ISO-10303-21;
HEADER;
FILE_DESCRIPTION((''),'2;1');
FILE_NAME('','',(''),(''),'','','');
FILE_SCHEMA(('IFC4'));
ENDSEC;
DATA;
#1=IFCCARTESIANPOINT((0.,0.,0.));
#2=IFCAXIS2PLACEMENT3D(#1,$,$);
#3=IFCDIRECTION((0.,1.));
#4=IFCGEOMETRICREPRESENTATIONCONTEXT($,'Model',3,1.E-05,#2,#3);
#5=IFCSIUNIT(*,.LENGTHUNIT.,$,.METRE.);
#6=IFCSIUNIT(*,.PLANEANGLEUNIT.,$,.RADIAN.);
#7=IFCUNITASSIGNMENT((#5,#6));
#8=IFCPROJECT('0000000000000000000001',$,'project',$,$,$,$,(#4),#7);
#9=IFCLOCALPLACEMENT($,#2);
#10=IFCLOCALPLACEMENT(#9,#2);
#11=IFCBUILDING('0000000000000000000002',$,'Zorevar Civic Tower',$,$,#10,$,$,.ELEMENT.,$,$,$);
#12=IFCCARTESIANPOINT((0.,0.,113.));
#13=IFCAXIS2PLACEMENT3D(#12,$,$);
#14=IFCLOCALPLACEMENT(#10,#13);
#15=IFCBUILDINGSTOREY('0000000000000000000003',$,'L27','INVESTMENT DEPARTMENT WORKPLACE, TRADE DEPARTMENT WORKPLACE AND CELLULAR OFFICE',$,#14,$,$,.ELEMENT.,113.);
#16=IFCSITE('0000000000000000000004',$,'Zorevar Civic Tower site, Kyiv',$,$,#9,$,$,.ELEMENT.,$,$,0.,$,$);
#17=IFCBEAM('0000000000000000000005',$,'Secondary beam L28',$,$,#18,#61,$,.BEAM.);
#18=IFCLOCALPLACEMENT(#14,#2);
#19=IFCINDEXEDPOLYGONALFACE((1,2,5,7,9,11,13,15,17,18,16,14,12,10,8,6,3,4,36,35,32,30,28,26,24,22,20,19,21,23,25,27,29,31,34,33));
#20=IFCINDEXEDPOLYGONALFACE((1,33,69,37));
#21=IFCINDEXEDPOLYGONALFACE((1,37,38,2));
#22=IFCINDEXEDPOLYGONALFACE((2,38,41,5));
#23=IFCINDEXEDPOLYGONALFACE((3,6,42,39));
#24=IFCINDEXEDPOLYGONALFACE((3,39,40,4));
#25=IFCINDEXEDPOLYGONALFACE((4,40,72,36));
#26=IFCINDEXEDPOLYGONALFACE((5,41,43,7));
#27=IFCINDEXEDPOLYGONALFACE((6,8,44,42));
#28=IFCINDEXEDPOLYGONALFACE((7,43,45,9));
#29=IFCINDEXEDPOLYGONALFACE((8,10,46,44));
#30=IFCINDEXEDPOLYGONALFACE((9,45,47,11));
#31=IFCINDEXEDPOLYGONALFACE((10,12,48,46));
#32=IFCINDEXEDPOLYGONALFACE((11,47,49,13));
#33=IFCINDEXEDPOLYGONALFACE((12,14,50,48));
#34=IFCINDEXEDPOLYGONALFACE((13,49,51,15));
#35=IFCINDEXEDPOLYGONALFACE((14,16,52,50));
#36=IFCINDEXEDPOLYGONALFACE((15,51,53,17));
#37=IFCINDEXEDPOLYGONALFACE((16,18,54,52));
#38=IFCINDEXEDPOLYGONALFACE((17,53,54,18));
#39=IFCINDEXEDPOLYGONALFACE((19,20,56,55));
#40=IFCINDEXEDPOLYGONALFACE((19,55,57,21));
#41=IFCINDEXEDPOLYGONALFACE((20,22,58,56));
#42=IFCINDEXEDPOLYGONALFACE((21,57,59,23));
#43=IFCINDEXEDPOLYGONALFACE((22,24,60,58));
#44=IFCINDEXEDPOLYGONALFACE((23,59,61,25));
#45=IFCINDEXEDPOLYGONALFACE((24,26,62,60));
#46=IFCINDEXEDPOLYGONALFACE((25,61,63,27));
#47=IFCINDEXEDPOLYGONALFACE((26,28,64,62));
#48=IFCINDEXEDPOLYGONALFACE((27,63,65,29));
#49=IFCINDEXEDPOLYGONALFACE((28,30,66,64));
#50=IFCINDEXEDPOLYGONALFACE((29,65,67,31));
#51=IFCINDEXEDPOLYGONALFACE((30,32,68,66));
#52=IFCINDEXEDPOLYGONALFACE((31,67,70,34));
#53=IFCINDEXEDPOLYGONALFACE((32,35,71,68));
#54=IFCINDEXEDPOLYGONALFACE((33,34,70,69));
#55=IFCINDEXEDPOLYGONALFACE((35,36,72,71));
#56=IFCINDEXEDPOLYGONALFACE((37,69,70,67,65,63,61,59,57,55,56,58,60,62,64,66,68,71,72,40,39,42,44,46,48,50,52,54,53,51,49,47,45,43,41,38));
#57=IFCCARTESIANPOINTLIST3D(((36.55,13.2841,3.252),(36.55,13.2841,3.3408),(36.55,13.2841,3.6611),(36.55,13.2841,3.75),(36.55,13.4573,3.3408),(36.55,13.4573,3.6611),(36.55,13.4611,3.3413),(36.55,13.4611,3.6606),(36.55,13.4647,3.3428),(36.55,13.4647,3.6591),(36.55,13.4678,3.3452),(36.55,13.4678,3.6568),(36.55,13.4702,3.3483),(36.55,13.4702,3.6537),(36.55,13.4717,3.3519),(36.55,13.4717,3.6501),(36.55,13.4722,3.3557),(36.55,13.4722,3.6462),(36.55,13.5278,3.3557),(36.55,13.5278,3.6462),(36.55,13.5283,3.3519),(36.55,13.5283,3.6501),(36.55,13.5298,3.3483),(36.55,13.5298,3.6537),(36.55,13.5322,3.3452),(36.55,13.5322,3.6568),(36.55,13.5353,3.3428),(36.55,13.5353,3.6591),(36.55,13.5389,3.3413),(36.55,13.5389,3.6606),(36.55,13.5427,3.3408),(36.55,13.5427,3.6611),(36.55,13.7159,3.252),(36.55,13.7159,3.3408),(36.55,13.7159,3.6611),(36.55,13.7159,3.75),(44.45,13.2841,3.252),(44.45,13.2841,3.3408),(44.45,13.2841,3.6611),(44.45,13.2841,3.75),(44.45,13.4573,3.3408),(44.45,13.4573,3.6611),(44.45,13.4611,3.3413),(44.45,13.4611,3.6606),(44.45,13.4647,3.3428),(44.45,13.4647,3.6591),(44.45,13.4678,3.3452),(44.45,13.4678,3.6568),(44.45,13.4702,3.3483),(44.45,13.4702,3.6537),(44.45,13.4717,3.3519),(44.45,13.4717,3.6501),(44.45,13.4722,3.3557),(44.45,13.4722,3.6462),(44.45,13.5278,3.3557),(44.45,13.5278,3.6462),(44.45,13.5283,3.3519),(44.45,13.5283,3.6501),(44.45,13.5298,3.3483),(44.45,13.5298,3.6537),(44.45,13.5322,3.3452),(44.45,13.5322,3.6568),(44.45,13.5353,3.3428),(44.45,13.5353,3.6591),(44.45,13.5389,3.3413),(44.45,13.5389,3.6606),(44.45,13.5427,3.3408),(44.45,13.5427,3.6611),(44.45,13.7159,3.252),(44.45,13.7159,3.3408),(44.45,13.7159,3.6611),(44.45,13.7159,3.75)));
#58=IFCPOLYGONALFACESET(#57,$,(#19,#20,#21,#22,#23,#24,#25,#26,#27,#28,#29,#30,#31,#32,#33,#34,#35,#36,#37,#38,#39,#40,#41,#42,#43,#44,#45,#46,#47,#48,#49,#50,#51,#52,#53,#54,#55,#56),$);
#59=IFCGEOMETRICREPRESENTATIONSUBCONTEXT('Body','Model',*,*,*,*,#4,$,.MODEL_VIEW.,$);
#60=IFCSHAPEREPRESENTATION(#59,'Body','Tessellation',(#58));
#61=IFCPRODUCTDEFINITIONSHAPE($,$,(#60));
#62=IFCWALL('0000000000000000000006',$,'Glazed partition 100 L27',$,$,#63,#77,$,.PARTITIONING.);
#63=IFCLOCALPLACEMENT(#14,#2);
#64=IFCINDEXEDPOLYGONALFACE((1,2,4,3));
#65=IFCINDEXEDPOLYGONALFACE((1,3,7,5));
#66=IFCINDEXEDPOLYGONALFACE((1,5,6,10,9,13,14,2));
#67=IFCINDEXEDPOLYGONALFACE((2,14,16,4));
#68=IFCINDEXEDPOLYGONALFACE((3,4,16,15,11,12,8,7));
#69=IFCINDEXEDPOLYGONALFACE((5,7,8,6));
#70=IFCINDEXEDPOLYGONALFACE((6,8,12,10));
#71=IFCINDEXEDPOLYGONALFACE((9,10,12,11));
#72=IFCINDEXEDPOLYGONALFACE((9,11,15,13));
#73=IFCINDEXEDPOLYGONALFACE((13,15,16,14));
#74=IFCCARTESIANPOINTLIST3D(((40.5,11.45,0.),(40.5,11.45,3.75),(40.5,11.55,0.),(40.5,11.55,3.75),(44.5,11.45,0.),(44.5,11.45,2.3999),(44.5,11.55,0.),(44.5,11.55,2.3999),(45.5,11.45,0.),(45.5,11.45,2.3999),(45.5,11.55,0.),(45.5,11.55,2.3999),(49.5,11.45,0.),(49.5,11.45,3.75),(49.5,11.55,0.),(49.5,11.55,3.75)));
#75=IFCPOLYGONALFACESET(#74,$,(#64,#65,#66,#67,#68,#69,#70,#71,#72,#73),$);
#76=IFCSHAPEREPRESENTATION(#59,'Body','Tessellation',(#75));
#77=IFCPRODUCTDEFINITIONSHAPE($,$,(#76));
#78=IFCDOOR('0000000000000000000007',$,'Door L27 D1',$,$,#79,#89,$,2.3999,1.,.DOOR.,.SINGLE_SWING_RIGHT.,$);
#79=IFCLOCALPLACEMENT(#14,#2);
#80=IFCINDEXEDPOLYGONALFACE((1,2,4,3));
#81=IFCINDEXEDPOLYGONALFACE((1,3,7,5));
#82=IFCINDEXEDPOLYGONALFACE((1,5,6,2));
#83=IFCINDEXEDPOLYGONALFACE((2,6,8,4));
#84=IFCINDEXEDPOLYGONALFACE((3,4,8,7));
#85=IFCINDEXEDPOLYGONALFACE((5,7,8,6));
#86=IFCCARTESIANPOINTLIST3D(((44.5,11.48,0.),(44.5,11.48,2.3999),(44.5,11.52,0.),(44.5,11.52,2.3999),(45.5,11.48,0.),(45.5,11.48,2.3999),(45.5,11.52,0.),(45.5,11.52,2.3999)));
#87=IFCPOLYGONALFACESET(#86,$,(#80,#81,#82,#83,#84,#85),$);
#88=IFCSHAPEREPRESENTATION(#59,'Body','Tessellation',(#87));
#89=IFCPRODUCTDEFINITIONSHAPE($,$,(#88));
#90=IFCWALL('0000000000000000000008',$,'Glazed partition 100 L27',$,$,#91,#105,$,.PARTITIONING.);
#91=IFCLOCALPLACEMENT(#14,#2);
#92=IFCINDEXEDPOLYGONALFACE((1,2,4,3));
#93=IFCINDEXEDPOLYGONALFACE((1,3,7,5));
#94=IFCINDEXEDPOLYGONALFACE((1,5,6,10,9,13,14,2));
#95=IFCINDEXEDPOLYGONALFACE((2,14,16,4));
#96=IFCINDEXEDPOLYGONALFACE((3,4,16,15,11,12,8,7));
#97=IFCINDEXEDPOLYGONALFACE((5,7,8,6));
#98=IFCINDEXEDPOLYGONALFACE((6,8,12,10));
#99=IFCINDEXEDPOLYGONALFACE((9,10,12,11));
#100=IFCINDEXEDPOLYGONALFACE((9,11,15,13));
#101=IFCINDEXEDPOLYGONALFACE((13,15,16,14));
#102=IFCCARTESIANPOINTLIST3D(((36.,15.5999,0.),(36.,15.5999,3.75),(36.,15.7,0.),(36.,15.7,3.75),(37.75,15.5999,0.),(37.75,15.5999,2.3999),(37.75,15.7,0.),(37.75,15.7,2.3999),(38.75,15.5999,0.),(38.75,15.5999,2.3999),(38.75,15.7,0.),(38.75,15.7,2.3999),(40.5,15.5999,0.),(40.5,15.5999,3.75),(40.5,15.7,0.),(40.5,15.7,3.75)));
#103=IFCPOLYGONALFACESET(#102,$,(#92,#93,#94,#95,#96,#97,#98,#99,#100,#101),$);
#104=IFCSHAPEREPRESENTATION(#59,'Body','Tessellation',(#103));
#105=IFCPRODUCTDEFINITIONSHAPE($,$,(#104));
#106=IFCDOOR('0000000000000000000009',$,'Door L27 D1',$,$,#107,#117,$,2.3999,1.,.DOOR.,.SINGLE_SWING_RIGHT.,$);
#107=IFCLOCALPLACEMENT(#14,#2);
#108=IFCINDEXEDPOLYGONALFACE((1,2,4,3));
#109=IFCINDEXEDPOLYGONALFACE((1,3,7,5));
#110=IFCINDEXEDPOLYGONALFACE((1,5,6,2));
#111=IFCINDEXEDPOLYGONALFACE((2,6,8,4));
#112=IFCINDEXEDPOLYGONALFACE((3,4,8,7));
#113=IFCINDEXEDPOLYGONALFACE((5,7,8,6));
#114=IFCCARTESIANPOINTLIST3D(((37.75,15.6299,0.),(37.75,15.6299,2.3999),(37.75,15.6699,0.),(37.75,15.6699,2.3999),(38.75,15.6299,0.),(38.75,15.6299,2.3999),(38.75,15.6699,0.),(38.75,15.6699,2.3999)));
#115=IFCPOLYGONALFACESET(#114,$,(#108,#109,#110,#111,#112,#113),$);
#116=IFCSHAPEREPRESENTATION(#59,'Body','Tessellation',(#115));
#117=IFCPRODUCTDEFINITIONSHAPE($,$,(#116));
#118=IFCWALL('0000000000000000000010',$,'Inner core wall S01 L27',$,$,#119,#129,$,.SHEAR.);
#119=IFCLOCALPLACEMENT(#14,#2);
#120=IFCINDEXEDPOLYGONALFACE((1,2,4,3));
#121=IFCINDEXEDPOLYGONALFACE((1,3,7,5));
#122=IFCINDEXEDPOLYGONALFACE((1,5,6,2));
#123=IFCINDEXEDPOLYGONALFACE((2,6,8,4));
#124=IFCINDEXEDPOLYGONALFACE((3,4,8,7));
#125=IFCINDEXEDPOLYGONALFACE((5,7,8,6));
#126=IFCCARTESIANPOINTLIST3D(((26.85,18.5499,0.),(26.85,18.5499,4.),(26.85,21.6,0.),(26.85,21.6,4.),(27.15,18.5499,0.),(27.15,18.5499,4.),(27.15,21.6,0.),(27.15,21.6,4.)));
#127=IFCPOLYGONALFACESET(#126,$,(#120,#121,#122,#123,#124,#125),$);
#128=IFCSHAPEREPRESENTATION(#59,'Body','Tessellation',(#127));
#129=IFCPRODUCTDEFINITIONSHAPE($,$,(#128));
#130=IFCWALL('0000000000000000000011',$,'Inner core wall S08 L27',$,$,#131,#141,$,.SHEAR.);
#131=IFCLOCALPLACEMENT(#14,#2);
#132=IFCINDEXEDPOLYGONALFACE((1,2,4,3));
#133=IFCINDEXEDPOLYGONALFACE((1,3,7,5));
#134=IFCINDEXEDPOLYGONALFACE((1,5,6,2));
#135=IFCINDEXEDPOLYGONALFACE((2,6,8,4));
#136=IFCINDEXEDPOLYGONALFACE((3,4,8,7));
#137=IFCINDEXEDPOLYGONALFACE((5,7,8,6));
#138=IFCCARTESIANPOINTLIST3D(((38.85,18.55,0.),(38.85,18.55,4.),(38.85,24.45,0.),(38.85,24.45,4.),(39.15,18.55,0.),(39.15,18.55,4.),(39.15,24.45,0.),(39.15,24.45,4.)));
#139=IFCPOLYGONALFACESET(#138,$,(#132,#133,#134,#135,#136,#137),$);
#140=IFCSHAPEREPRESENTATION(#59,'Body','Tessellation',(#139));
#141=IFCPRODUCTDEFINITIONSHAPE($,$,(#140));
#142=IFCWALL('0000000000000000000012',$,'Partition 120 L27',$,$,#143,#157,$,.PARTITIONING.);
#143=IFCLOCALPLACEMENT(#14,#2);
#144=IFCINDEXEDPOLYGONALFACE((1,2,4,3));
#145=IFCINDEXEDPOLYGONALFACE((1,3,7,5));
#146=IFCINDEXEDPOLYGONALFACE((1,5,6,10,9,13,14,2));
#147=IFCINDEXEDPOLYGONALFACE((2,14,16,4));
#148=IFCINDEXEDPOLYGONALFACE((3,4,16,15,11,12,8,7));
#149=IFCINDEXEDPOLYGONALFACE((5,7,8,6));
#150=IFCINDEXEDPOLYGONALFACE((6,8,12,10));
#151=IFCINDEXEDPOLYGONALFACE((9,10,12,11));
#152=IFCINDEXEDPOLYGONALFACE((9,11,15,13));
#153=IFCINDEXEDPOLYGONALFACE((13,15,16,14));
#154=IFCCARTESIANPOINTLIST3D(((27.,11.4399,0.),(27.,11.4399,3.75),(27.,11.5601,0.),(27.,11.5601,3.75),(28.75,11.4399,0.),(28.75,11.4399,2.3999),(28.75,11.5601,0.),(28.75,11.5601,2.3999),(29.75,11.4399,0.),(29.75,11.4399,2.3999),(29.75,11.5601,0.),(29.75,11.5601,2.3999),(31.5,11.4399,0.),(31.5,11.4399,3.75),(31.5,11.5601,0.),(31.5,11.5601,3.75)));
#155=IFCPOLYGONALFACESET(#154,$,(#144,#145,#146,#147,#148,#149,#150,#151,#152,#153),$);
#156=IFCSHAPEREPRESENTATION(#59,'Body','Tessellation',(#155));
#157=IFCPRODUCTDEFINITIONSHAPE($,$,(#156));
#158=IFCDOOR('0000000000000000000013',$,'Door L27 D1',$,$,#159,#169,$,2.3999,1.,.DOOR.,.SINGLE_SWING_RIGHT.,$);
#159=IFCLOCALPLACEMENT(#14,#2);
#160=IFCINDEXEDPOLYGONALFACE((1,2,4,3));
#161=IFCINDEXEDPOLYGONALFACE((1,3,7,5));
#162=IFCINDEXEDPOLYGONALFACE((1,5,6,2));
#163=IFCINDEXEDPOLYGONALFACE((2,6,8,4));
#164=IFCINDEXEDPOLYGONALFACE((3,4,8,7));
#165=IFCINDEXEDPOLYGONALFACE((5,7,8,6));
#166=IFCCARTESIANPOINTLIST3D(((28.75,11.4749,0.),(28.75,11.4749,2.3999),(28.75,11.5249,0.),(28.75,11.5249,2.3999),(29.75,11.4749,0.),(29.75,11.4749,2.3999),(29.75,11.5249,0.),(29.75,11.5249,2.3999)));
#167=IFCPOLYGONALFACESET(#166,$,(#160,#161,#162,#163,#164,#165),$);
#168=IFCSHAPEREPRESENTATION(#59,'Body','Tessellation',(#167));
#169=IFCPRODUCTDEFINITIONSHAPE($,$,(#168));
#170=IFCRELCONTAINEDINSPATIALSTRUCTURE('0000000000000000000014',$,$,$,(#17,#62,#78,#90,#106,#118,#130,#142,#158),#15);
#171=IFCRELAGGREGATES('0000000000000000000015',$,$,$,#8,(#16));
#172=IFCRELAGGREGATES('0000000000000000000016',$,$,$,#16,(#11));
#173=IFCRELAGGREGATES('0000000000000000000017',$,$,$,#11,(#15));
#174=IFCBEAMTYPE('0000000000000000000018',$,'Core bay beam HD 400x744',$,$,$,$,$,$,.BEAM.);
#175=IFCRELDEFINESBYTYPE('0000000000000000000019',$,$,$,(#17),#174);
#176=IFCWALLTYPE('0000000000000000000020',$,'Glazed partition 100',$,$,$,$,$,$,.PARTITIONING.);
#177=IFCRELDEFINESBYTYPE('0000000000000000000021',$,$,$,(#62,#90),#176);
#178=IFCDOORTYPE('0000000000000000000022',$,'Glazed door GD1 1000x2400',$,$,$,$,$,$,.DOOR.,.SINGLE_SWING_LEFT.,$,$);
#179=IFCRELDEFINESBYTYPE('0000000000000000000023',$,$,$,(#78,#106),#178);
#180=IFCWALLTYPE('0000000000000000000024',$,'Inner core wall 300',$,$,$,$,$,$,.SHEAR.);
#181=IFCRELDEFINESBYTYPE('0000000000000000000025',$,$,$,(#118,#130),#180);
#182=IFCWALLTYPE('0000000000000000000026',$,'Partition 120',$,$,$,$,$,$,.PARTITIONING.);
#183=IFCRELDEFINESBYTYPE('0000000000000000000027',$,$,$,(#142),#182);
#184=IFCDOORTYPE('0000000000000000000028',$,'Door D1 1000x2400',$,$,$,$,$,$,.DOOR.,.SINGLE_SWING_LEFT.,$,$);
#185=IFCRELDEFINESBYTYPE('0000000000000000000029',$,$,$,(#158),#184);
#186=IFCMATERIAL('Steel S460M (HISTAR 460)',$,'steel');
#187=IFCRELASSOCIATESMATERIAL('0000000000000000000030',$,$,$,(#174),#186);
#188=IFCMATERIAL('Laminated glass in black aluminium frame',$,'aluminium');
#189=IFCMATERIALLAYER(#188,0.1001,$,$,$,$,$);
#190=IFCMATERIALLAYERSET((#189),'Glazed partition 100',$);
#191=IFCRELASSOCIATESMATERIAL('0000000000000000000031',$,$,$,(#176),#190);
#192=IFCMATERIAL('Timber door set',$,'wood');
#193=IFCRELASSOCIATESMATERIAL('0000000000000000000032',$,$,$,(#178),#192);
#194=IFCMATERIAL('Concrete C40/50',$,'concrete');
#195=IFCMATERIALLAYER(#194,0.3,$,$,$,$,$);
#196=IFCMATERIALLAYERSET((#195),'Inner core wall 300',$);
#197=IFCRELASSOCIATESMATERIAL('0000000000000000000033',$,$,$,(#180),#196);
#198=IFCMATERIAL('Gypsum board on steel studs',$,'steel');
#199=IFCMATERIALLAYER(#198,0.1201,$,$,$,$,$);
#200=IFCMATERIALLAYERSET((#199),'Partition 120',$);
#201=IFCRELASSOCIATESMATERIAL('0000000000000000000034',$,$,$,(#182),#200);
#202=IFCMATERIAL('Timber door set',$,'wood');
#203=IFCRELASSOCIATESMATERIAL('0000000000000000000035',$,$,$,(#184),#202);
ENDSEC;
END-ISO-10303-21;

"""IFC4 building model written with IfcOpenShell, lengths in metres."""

from ifc_helpers import new_model, si_unit, direction, frame, frame_2d, origin, origin_2d, place, context, subcontext, project, spatial, rectangle, i_section, extrude, material, layer, layer_set, material_profile, profile_set, type_object, element, fill, save


model = new_model("IFC4")

# Units and contexts
model_context = context("Model", 3, precision=1e-05, world=origin(), true_north=direction((0.0, 1.0)))
body_context = subcontext(model_context, "Body", "Model", "MODEL_VIEW")
ifc_project = project(units=[si_unit("LENGTHUNIT", "METRE"), si_unit("PLANEANGLEUNIT", "RADIAN")], contexts=[model_context])

# Site, building, storey
site_placement = place(None, origin())
site = spatial("IfcSite", under=ifc_project, at=site_placement, Name="Zorevar Civic Tower site, Kyiv", CompositionType="ELEMENT", RefElevation=0.0)
building_placement = place(site_placement, origin())
building = spatial("IfcBuilding", under=site, at=building_placement, Name="Zorevar Civic Tower", CompositionType="ELEMENT")
storey_placement = place(building_placement, frame((0.0, 0.0, 113.0)))
storey = spatial("IfcBuildingStorey", under=building, at=storey_placement, Name="L27", Description="INVESTMENT DEPARTMENT WORKPLACE, TRADE DEPARTMENT WORKPLACE AND CELLULAR OFFICE", CompositionType="ELEMENT", Elevation=113.0)

# Beam
ifc_material_1 = material(Name="Steel S460M (HISTAR 460)", Category="steel")
ifc_material_profile_1 = material_profile(ifc_material_1, i_section(OverallWidth=0.4319, OverallDepth=0.498, WebThickness=0.0557, FlangeThickness=0.0889, FilletRadius=0.0149, at=origin_2d()), Name="HD 400x744")
ifc_profile_set_1 = profile_set([ifc_material_profile_1], Name="Steel S460M (HISTAR 460)")
beam_type_1 = type_object("IfcBeamType", Name="Core bay beam HD 400x744", PredefinedType="BEAM", material=ifc_profile_set_1)
for number, where, z_axis, x_axis, name in (
    (1, (36.55, 13.5, 3.501), (1.0, 0.0, 0.0), (0.0, 1.0, 0.0), "Secondary beam L28"),
):
    element("IfcBeam", number, at=place(storey_placement, frame(where, z_axis=z_axis, x_axis=x_axis)), inside=storey, type_object=beam_type_1, Name=name, PredefinedType="BEAM", context=body_context, shape_type="SweptSolid", body=[
        extrude(i_section(OverallWidth=0.4319, OverallDepth=0.498, WebThickness=0.0557, FlangeThickness=0.0889, FilletRadius=0.0149, at=origin_2d()), origin(), (0.0, 0.0, 1.0), 7.8999),
    ])

# Walls, openings, doors
ifc_material_2 = material(Name="Laminated glass in black aluminium frame", Category="aluminium")
ifc_layer_1 = layer(ifc_material_2, 0.1001)
ifc_layer_set_1 = layer_set([ifc_layer_1], Name="Glazed partition 100")
wall_type_1 = type_object("IfcWallType", Name="Glazed partition 100", PredefinedType="PARTITIONING", material=ifc_layer_set_1)
wall_1_placement = place(storey_placement, frame((40.5, 11.5, 0.0), z_axis=(0.0, 0.0, 1.0), x_axis=(1.0, 0.0, 0.0)))
wall_1 = element("IfcWall", 2, at=wall_1_placement, inside=storey, type_object=wall_type_1, Name="Glazed partition 100 L27", PredefinedType="PARTITIONING", context=body_context, shape_type="SweptSolid", body=[
    extrude(rectangle(XDim=9.0, YDim=0.1001, at=frame_2d((4.5, 0.0))), origin(), (0.0, 0.0, 1.0), 3.75),
])
opening_1_placement = place(wall_1_placement, frame((4.0, 0.0, 0.0)))
opening_1 = element("IfcOpeningElement", 3, at=opening_1_placement, cuts=wall_1, PredefinedType="OPENING", context=body_context, shape_type="SweptSolid", body=[
    extrude(rectangle(XDim=1.0, YDim=2.3999, at=frame_2d((0.5, 1.2))), frame((0.0, 0.0601, 0.0), z_axis=(0.0, -1.0, 0.0), x_axis=(1.0, 0.0, 0.0)), (0.0, 0.0, 1.0), 0.1201),
])
ifc_material_3 = material(Name="Timber door set", Category="wood")
door_type_1 = type_object("IfcDoorType", Name="Glazed door GD1 1000x2400", OperationType="SINGLE_SWING_LEFT", PredefinedType="DOOR", material=ifc_material_3)
door_1_placement = place(opening_1_placement, origin())
door_1 = element("IfcDoor", 4, at=door_1_placement, inside=storey, type_object=door_type_1, Name="Door L27 D1", OperationType="SINGLE_SWING_RIGHT", OverallHeight=2.3999, OverallWidth=1.0, PredefinedType="DOOR", context=body_context, shape_type="SweptSolid", body=[
    extrude(rectangle(XDim=1.0, YDim=2.3999, at=frame_2d((0.5, 1.2))), frame((0.0, 0.02, 0.0), z_axis=(0.0, -1.0, 0.0), x_axis=(1.0, 0.0, 0.0)), (0.0, 0.0, 1.0), 0.04),
])
fill(opening_1, door_1)
wall_2_placement = place(storey_placement, frame((36.0, 15.6499, 0.0), z_axis=(0.0, 0.0, 1.0), x_axis=(1.0, 0.0, 0.0)))
wall_2 = element("IfcWall", 5, at=wall_2_placement, inside=storey, type_object=wall_type_1, Name="Glazed partition 100 L27", PredefinedType="PARTITIONING", context=body_context, shape_type="SweptSolid", body=[
    extrude(rectangle(XDim=4.5, YDim=0.1001, at=frame_2d((2.25, 0.0))), origin(), (0.0, 0.0, 1.0), 3.75),
])
opening_2_placement = place(wall_2_placement, frame((1.75, 0.0, 0.0)))
opening_2 = element("IfcOpeningElement", 6, at=opening_2_placement, cuts=wall_2, PredefinedType="OPENING", context=body_context, shape_type="SweptSolid", body=[
    extrude(rectangle(XDim=1.0, YDim=2.3999, at=frame_2d((0.5, 1.2))), frame((0.0, 0.0601, 0.0), z_axis=(0.0, -1.0, 0.0), x_axis=(1.0, 0.0, 0.0)), (0.0, 0.0, 1.0), 0.1201),
])
door_2_placement = place(opening_2_placement, origin())
door_2 = element("IfcDoor", 7, at=door_2_placement, inside=storey, type_object=door_type_1, Name="Door L27 D1", OperationType="SINGLE_SWING_RIGHT", OverallHeight=2.3999, OverallWidth=1.0, PredefinedType="DOOR", context=body_context, shape_type="SweptSolid", body=[
    extrude(rectangle(XDim=1.0, YDim=2.3999, at=frame_2d((0.5, 1.2))), frame((0.0, 0.02, 0.0), z_axis=(0.0, -1.0, 0.0), x_axis=(1.0, 0.0, 0.0)), (0.0, 0.0, 1.0), 0.04),
])
fill(opening_2, door_2)

# Walls
ifc_material_4 = material(Name="Concrete C40/50", Category="concrete")
ifc_layer_2 = layer(ifc_material_4, 0.3)
ifc_layer_set_2 = layer_set([ifc_layer_2], Name="Inner core wall 300")
wall_type_2 = type_object("IfcWallType", Name="Inner core wall 300", PredefinedType="SHEAR", material=ifc_layer_set_2)
wall_3_placement = place(storey_placement, frame((27.0, 18.55, 0.0), z_axis=(0.0, 0.0, 1.0), x_axis=(0.0, 1.0, 0.0)))
element("IfcWall", 8, at=wall_3_placement, inside=storey, type_object=wall_type_2, Name="Inner core wall S01 L27", PredefinedType="SHEAR", context=body_context, shape_type="SweptSolid", body=[
    extrude(rectangle(XDim=3.05, YDim=0.3, at=frame_2d((1.5249, 0.0))), origin(), (0.0, 0.0, 1.0), 4.0),
])
wall_4_placement = place(storey_placement, frame((39.0, 18.55, 0.0), z_axis=(0.0, 0.0, 1.0), x_axis=(0.0, 1.0, 0.0)))
element("IfcWall", 9, at=wall_4_placement, inside=storey, type_object=wall_type_2, Name="Inner core wall S08 L27", PredefinedType="SHEAR", context=body_context, shape_type="SweptSolid", body=[
    extrude(rectangle(XDim=5.8999, YDim=0.3, at=frame_2d((2.95, 0.0))), origin(), (0.0, 0.0, 1.0), 4.0),
])

# Wall, opening, door
ifc_material_5 = material(Name="Gypsum board on steel studs", Category="steel")
ifc_layer_3 = layer(ifc_material_5, 0.1201)
ifc_layer_set_3 = layer_set([ifc_layer_3], Name="Partition 120")
wall_type_3 = type_object("IfcWallType", Name="Partition 120", PredefinedType="PARTITIONING", material=ifc_layer_set_3)
wall_5_placement = place(storey_placement, frame((27.0, 11.5, 0.0), z_axis=(0.0, 0.0, 1.0), x_axis=(1.0, 0.0, 0.0)))
wall_5 = element("IfcWall", 10, at=wall_5_placement, inside=storey, type_object=wall_type_3, Name="Partition 120 L27", PredefinedType="PARTITIONING", context=body_context, shape_type="SweptSolid", body=[
    extrude(rectangle(XDim=4.5, YDim=0.1201, at=frame_2d((2.25, 0.0))), origin(), (0.0, 0.0, 1.0), 3.75),
])
opening_3_placement = place(wall_5_placement, frame((1.75, 0.0, 0.0)))
opening_3 = element("IfcOpeningElement", 11, at=opening_3_placement, cuts=wall_5, PredefinedType="OPENING", context=body_context, shape_type="SweptSolid", body=[
    extrude(rectangle(XDim=1.0, YDim=2.3999, at=frame_2d((0.5, 1.2))), frame((0.0, 0.0701, 0.0), z_axis=(0.0, -1.0, 0.0), x_axis=(1.0, 0.0, 0.0)), (0.0, 0.0, 1.0), 0.1401),
])
ifc_material_6 = material(Name="Timber door set", Category="wood")
door_type_2 = type_object("IfcDoorType", Name="Door D1 1000x2400", OperationType="SINGLE_SWING_LEFT", PredefinedType="DOOR", material=ifc_material_6)
door_3_placement = place(opening_3_placement, origin())
door_3 = element("IfcDoor", 12, at=door_3_placement, inside=storey, type_object=door_type_2, Name="Door L27 D1", OperationType="SINGLE_SWING_RIGHT", OverallHeight=2.3999, OverallWidth=1.0, PredefinedType="DOOR", context=body_context, shape_type="SweptSolid", body=[
    extrude(rectangle(XDim=1.0, YDim=2.3999, at=frame_2d((0.5, 1.2))), frame((0.0, 0.0249, 0.0), z_axis=(0.0, -1.0, 0.0), x_axis=(1.0, 0.0, 0.0)), (0.0, 0.0, 1.0), 0.05),
])
fill(opening_3, door_3)

save(model, "model.ifc")
